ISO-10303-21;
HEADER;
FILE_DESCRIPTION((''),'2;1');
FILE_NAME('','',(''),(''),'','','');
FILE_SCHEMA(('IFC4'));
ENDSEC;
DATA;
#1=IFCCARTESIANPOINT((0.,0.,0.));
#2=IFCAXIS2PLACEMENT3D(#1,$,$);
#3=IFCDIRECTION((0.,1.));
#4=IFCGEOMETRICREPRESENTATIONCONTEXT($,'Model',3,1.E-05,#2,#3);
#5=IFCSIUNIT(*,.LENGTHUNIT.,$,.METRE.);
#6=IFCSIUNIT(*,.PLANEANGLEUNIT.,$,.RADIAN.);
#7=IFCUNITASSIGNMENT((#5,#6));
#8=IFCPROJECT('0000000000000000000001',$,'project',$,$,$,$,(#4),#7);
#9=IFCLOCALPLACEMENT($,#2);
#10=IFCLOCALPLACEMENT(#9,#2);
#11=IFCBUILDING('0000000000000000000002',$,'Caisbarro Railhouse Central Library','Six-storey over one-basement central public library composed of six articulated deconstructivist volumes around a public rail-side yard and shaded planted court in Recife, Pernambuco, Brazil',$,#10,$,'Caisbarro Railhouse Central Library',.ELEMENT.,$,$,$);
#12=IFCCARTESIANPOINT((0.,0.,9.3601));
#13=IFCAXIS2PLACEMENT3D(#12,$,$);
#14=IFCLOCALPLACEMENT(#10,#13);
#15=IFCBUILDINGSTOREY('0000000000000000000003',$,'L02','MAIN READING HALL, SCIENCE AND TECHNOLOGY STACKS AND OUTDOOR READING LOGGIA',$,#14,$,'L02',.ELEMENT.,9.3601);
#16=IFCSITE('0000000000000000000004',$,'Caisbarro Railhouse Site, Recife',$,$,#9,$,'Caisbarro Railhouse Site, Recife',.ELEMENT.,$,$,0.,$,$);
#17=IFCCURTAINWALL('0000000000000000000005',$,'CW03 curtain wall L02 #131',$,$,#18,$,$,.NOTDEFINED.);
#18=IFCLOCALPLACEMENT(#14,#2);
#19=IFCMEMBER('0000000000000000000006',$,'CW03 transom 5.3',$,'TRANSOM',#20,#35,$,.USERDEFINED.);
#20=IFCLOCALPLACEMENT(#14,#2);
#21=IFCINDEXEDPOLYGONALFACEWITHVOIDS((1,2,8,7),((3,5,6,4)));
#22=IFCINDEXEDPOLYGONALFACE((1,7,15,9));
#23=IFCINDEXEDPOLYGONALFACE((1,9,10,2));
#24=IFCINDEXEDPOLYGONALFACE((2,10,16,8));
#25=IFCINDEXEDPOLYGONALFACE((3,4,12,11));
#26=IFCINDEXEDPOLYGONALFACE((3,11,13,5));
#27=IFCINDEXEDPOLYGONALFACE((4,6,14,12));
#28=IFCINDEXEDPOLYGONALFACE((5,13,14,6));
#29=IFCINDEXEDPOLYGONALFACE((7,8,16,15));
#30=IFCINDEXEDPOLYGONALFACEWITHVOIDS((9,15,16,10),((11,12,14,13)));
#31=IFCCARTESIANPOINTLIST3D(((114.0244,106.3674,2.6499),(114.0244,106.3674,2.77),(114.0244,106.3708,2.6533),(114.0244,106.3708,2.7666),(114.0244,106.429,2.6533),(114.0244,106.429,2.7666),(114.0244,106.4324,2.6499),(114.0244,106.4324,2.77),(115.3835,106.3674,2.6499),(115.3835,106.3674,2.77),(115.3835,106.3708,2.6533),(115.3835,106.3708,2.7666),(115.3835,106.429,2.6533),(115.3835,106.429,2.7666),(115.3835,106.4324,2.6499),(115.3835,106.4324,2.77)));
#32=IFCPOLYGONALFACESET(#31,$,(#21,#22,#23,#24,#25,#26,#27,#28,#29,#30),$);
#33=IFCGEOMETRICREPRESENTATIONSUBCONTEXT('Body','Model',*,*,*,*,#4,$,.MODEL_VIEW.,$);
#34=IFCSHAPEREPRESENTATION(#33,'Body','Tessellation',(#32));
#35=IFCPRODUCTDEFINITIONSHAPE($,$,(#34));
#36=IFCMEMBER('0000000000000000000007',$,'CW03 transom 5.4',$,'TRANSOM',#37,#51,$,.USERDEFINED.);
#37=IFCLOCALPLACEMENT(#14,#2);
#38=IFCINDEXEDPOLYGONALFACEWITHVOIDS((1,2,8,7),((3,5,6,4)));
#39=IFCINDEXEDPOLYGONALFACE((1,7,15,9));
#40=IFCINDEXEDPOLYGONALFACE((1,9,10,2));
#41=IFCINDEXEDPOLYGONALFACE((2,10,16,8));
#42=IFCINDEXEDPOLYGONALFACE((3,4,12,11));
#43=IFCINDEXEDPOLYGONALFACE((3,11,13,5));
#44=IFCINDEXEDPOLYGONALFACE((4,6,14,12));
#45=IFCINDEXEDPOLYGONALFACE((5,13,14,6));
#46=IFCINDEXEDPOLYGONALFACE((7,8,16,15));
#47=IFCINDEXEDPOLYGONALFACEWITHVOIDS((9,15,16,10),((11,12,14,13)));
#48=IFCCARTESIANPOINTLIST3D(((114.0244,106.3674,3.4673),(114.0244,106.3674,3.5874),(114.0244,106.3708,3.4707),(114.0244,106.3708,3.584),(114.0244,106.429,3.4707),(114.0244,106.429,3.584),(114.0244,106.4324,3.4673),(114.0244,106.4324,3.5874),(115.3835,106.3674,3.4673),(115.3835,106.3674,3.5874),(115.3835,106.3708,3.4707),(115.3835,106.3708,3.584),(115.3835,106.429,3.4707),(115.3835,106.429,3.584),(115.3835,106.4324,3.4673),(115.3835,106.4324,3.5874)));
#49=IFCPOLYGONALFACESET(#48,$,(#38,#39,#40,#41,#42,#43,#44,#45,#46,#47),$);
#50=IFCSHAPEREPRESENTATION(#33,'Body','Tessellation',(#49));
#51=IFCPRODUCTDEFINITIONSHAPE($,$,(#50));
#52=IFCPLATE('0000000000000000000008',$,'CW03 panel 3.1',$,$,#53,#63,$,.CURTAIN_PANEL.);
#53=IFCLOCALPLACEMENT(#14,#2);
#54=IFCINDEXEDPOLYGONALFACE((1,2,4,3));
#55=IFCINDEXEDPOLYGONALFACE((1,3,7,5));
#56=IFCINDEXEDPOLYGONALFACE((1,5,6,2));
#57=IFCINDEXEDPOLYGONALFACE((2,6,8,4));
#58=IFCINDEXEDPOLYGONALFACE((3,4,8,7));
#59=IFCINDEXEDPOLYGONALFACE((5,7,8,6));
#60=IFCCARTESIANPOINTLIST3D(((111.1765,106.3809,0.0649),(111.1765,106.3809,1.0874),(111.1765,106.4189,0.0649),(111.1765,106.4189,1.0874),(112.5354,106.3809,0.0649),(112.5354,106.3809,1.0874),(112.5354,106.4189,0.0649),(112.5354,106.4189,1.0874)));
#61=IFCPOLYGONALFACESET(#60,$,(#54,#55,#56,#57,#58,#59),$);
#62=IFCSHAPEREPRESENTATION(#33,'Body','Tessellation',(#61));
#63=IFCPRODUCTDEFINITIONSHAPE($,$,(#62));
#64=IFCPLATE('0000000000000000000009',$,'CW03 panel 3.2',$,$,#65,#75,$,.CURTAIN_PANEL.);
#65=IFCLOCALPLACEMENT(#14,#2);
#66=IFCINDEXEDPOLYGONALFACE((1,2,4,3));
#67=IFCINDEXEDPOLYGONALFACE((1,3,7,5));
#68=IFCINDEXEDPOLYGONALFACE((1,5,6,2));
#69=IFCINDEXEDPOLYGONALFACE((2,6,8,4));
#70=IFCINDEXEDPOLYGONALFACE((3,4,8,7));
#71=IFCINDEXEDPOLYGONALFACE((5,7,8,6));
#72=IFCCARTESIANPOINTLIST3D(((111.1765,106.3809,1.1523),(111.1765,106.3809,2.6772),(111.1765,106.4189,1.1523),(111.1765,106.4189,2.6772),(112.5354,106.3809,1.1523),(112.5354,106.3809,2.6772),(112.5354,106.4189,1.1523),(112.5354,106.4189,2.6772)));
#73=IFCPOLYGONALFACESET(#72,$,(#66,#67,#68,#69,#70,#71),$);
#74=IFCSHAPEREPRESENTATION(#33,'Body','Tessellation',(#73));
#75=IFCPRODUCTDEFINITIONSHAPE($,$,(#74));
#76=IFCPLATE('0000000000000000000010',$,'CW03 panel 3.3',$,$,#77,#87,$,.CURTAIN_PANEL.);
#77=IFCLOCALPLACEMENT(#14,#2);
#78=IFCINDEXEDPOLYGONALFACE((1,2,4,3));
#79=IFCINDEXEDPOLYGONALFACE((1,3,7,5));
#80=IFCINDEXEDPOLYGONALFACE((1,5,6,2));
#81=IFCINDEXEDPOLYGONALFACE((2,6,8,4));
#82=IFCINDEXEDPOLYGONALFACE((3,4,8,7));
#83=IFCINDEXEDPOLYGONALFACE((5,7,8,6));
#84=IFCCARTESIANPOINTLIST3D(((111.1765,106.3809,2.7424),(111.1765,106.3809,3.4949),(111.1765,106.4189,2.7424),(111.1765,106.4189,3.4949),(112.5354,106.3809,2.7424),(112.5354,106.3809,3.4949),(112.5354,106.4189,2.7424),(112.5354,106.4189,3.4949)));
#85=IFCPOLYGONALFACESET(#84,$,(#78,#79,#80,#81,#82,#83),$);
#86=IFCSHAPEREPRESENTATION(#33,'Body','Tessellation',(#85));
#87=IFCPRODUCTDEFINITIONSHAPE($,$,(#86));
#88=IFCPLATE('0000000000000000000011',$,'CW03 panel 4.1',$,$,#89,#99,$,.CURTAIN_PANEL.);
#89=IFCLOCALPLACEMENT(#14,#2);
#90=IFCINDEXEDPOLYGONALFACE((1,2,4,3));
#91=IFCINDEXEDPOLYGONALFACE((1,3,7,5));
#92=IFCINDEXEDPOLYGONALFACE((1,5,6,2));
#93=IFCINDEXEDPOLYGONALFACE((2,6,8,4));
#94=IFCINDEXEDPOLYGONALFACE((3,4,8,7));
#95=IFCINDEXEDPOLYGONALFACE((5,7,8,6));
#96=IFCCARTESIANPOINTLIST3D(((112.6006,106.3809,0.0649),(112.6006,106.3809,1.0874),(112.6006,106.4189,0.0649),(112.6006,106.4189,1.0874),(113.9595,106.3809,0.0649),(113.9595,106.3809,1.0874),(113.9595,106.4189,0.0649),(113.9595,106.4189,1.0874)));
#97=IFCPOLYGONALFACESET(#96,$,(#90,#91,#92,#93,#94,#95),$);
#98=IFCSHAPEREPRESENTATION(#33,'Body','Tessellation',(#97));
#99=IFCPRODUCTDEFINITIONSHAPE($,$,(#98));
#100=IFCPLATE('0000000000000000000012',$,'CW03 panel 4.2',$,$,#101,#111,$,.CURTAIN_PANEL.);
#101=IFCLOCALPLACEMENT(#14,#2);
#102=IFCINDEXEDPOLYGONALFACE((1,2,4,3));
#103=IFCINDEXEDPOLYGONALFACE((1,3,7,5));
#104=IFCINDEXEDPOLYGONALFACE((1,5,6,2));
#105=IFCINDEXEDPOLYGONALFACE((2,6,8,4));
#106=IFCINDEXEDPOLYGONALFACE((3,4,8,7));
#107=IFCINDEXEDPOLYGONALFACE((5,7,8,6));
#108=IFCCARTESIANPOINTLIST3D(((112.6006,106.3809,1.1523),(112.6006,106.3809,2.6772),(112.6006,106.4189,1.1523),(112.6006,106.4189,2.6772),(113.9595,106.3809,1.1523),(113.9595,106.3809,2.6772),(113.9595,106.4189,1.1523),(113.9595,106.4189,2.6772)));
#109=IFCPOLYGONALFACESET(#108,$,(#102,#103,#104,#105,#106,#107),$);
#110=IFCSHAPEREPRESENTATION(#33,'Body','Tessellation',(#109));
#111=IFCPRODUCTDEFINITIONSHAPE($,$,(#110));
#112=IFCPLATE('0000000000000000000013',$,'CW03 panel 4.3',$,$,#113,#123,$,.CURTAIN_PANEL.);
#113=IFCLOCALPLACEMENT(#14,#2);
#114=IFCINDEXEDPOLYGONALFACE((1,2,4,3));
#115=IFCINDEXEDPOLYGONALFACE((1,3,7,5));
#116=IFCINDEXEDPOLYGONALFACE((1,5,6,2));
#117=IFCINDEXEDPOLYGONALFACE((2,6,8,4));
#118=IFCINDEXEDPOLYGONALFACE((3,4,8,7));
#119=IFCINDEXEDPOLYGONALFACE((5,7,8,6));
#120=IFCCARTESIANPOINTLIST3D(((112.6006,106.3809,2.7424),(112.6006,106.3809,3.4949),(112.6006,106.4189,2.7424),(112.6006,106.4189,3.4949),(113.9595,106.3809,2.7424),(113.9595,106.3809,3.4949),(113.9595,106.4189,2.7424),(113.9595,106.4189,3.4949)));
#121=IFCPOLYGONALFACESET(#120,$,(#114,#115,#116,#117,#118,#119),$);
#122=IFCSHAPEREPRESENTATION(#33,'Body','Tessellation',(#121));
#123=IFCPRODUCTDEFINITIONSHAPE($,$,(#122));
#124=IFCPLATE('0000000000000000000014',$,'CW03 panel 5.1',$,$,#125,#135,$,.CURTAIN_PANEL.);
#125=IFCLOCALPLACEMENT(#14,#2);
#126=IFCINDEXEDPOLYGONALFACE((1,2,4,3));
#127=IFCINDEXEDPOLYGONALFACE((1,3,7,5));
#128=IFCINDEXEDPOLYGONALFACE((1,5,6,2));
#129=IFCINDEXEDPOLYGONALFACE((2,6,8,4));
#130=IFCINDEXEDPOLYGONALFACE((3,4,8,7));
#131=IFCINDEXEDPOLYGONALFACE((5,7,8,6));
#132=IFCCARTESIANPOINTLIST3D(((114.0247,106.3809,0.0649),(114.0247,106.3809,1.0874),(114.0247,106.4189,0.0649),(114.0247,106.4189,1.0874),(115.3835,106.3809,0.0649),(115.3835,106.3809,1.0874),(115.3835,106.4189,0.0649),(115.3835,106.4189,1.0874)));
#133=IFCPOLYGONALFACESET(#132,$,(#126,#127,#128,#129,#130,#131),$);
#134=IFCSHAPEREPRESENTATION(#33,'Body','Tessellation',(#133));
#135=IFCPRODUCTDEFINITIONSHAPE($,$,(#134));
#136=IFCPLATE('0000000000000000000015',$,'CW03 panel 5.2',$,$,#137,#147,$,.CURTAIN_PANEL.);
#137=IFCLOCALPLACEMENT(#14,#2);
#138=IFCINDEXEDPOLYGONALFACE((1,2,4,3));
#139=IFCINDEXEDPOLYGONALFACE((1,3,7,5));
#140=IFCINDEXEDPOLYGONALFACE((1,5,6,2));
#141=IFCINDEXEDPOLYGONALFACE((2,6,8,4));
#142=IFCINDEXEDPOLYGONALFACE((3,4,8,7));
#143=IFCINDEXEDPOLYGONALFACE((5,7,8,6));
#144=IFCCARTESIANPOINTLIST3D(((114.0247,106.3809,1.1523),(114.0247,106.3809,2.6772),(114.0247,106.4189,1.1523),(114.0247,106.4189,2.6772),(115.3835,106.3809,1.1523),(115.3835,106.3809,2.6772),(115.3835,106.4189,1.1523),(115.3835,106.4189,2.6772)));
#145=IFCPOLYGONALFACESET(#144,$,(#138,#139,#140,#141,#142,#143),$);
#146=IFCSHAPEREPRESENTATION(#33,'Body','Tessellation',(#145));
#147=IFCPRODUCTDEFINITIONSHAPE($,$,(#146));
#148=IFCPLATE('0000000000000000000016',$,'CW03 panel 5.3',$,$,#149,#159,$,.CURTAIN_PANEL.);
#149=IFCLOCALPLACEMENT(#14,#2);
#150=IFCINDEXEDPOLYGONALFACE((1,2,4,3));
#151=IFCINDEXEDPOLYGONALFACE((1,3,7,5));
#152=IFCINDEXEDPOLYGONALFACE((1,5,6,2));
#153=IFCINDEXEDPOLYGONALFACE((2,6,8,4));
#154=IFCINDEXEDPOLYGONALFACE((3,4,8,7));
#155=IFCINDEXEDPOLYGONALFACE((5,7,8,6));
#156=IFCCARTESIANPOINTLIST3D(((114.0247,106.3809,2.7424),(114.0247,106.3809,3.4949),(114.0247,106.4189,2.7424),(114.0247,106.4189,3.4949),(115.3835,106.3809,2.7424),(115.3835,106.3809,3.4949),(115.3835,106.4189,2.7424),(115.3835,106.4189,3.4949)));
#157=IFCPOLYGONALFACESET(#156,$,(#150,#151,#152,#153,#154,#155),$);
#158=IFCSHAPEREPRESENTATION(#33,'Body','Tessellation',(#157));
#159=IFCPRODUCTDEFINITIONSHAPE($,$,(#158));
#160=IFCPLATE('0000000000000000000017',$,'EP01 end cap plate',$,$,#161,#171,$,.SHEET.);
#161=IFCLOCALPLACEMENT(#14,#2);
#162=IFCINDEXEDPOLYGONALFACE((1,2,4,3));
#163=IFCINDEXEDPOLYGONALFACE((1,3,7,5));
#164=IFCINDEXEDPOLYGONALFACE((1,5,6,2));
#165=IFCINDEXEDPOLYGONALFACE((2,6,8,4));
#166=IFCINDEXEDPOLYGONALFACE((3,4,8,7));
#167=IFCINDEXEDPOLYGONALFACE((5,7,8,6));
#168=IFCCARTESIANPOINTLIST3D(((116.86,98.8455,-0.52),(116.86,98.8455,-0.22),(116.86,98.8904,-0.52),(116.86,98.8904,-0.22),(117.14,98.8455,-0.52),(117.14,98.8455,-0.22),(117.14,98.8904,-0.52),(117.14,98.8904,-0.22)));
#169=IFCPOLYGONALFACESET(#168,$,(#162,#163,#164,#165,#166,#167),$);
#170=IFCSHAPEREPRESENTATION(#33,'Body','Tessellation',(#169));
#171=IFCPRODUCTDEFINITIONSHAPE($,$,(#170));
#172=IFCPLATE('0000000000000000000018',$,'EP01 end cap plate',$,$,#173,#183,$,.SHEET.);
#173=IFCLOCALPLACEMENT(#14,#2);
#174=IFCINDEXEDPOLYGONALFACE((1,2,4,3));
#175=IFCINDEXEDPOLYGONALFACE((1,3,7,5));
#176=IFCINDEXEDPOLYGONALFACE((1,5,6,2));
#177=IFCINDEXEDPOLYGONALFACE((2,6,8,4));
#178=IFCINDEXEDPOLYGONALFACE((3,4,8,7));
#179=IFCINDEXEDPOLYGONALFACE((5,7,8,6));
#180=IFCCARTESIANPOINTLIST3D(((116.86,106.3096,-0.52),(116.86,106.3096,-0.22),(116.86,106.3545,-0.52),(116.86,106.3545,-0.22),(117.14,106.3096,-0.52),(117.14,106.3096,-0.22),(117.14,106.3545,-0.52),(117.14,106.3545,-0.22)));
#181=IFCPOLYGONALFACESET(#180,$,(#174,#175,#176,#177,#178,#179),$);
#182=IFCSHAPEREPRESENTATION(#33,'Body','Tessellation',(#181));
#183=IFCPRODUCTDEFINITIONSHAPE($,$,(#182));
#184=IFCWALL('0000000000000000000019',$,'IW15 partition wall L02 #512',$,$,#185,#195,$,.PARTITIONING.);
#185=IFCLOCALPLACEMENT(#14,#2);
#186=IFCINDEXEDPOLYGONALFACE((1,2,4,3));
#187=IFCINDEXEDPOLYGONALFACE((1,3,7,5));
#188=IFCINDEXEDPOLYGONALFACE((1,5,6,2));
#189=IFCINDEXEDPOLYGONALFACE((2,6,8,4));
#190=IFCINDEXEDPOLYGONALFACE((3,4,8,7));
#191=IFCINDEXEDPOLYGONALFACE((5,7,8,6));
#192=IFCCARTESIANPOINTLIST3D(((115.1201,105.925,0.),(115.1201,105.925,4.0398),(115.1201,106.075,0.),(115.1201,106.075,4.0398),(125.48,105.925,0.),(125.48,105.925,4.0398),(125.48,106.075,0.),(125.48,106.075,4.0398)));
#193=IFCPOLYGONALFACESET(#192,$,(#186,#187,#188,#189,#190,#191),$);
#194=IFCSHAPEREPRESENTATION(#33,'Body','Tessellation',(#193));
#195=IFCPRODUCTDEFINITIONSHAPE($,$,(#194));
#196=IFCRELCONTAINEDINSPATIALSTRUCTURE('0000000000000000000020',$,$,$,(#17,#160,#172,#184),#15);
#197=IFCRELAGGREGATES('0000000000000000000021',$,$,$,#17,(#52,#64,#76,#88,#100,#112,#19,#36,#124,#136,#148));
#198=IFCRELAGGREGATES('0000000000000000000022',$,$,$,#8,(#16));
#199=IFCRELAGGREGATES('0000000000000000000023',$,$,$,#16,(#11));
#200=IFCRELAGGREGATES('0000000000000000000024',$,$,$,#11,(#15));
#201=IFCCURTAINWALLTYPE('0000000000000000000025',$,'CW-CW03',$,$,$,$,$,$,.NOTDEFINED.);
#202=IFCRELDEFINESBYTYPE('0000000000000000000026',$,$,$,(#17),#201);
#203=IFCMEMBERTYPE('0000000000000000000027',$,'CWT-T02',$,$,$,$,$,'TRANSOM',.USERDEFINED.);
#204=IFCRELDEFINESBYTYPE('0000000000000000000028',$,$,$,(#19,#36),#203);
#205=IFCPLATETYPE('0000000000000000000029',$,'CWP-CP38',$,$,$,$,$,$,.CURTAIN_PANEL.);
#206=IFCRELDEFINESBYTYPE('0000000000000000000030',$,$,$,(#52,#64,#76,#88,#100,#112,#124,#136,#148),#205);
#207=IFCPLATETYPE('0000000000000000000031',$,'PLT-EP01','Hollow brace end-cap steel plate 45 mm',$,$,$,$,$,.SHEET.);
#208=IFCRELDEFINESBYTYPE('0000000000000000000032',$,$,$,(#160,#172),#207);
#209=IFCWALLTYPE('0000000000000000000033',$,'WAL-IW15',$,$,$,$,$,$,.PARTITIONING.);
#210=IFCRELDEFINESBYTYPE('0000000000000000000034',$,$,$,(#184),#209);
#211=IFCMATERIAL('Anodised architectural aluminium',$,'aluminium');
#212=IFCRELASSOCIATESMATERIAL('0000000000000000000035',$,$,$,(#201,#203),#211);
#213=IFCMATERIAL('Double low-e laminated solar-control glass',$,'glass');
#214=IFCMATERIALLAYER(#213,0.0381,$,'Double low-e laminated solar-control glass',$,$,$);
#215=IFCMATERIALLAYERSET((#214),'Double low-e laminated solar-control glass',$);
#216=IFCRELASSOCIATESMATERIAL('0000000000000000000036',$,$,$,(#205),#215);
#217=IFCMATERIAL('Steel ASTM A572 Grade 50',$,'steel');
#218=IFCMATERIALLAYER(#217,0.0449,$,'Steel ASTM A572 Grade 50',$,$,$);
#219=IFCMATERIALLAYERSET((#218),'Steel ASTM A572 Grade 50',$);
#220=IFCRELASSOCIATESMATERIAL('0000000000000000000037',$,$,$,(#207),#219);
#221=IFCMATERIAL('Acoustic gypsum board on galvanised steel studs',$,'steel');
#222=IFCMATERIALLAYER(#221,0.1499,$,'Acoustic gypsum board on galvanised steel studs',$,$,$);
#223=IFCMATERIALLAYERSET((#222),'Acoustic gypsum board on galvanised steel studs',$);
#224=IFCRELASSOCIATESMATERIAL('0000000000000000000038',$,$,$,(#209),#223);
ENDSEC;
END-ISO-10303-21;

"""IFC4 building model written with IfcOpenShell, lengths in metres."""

from ifc_helpers import new_model, si_unit, direction, frame, frame_2d, origin, origin_2d, place, context, subcontext, project, spatial, rectangle, hollow_rectangle, extrude, material, layer, layer_set, material_profile, profile_set, type_object, element, aggregate, save


model = new_model("IFC4")

# Units and contexts
model_context = context("Model", 3, precision=1e-05, world=origin(), true_north=direction((0.0, 1.0)))
body_context = subcontext(model_context, "Body", "Model", "MODEL_VIEW")
ifc_project = project(units=[si_unit("LENGTHUNIT", "METRE"), si_unit("PLANEANGLEUNIT", "RADIAN")], contexts=[model_context])

# Site, building, storey
site_placement = place(None, origin())
site = spatial("IfcSite", under=ifc_project, at=site_placement, Name="Caisbarro Railhouse Site, Recife", LongName="Caisbarro Railhouse Site, Recife", CompositionType="ELEMENT", RefElevation=0.0)
building_placement = place(site_placement, origin())
building = spatial("IfcBuilding", under=site, at=building_placement, Name="Caisbarro Railhouse Central Library", Description="Six-storey over one-basement central public library composed of six articulated deconstructivist volumes around a public rail-side yard and shaded planted court in Recife, Pernambuco, Brazil", LongName="Caisbarro Railhouse Central Library", CompositionType="ELEMENT")
storey_placement = place(building_placement, frame((0.0, 0.0, 9.3601)))
storey = spatial("IfcBuildingStorey", under=building, at=storey_placement, Name="L02", Description="MAIN READING HALL, SCIENCE AND TECHNOLOGY STACKS AND OUTDOOR READING LOGGIA", LongName="L02", CompositionType="ELEMENT", Elevation=9.3601)

# Shared definitions
ifc_material_1 = material(Name="Steel ASTM A572 Grade 50", Category="steel")

# Curtain wall, members, plates
ifc_material_2 = material(Name="Anodised architectural aluminium", Category="aluminium")
curtain_wall_type = type_object("IfcCurtainWallType", Name="CW-CW03", PredefinedType="NOTDEFINED", material=ifc_material_2)
curtain_wall_placement = place(storey_placement, origin())
curtain_wall = element("IfcCurtainWall", 1, at=curtain_wall_placement, inside=storey, type_object=curtain_wall_type, Name="CW03 curtain wall L02 #131", PredefinedType="NOTDEFINED")
ifc_material_profile_1 = material_profile(ifc_material_2, hollow_rectangle(XDim=0.0649, YDim=0.1201, WallThickness=0.0034, at=origin_2d()), Name="ALU-TRN-65X120")
ifc_profile_set_1 = profile_set([ifc_material_profile_1], Name="Anodised architectural aluminium")
member_type_1 = type_object("IfcMemberType", Name="CWT-T02", ElementType="TRANSOM", PredefinedType="USERDEFINED", material=ifc_profile_set_1)
member_1_placement = place(storey_placement, frame((114.0244, 106.3999, 2.71), z_axis=(1.0, 0.0, 0.0), x_axis=(0.0, 1.0, 0.0)))
member_1 = element("IfcMember", 2, at=member_1_placement, type_object=member_type_1, Name="CW03 transom 5.3", ObjectType="TRANSOM", PredefinedType="USERDEFINED", context=body_context, shape_type="SweptSolid", body=[
    extrude(hollow_rectangle(XDim=0.0649, YDim=0.1201, WallThickness=0.0034, at=origin_2d()), origin(), (0.0, 0.0, 1.0), 1.3591),
])
member_2_placement = place(storey_placement, frame((114.0244, 106.3999, 3.5273), z_axis=(1.0, 0.0, 0.0), x_axis=(0.0, 1.0, 0.0)))
member_2 = element("IfcMember", 3, at=member_2_placement, type_object=member_type_1, Name="CW03 transom 5.4", ObjectType="TRANSOM", PredefinedType="USERDEFINED", context=body_context, shape_type="SweptSolid", body=[
    extrude(hollow_rectangle(XDim=0.0649, YDim=0.1201, WallThickness=0.0034, at=origin_2d()), origin(), (0.0, 0.0, 1.0), 1.3591),
])
ifc_material_3 = material(Name="Double low-e laminated solar-control glass", Category="glass")
ifc_layer_1 = layer(ifc_material_3, 0.0381, Name="Double low-e laminated solar-control glass")
ifc_layer_set_1 = layer_set([ifc_layer_1], Name="Double low-e laminated solar-control glass")
plate_type_1 = type_object("IfcPlateType", Name="CWP-CP38", PredefinedType="CURTAIN_PANEL", material=ifc_layer_set_1)
plate_1_placement = place(storey_placement, frame((111.856, 106.3999, 0.0649), z_axis=(0.0, 0.0, 1.0), x_axis=(1.0, 0.0, 0.0)))
plate_1 = element("IfcPlate", 4, at=plate_1_placement, type_object=plate_type_1, Name="CW03 panel 3.1", PredefinedType="CURTAIN_PANEL", context=body_context, shape_type="SweptSolid", body=[
    extrude(rectangle(XDim=1.3589, YDim=0.0381, at=origin_2d()), origin(), (0.0, 0.0, 1.0), 1.0225),
])
plate_2_placement = place(storey_placement, frame((111.856, 106.3999, 1.1523), z_axis=(0.0, 0.0, 1.0), x_axis=(1.0, 0.0, 0.0)))
plate_2 = element("IfcPlate", 5, at=plate_2_placement, type_object=plate_type_1, Name="CW03 panel 3.2", PredefinedType="CURTAIN_PANEL", context=body_context, shape_type="SweptSolid", body=[
    extrude(rectangle(XDim=1.3589, YDim=0.0381, at=origin_2d()), origin(), (0.0, 0.0, 1.0), 1.5249),
])
plate_3_placement = place(storey_placement, frame((111.856, 106.3999, 2.7424), z_axis=(0.0, 0.0, 1.0), x_axis=(1.0, 0.0, 0.0)))
plate_3 = element("IfcPlate", 6, at=plate_3_placement, type_object=plate_type_1, Name="CW03 panel 3.3", PredefinedType="CURTAIN_PANEL", context=body_context, shape_type="SweptSolid", body=[
    extrude(rectangle(XDim=1.3589, YDim=0.0381, at=origin_2d()), origin(), (0.0, 0.0, 1.0), 0.7524),
])
plate_4_placement = place(storey_placement, frame((113.28, 106.3999, 0.0649), z_axis=(0.0, 0.0, 1.0), x_axis=(1.0, 0.0, 0.0)))
plate_4 = element("IfcPlate", 7, at=plate_4_placement, type_object=plate_type_1, Name="CW03 panel 4.1", PredefinedType="CURTAIN_PANEL", context=body_context, shape_type="SweptSolid", body=[
    extrude(rectangle(XDim=1.3589, YDim=0.0381, at=origin_2d()), origin(), (0.0, 0.0, 1.0), 1.0225),
])
plate_5_placement = place(storey_placement, frame((113.28, 106.3999, 1.1523), z_axis=(0.0, 0.0, 1.0), x_axis=(1.0, 0.0, 0.0)))
plate_5 = element("IfcPlate", 8, at=plate_5_placement, type_object=plate_type_1, Name="CW03 panel 4.2", PredefinedType="CURTAIN_PANEL", context=body_context, shape_type="SweptSolid", body=[
    extrude(rectangle(XDim=1.3589, YDim=0.0381, at=origin_2d()), origin(), (0.0, 0.0, 1.0), 1.5249),
])
plate_6_placement = place(storey_placement, frame((113.28, 106.3999, 2.7424), z_axis=(0.0, 0.0, 1.0), x_axis=(1.0, 0.0, 0.0)))
plate_6 = element("IfcPlate", 9, at=plate_6_placement, type_object=plate_type_1, Name="CW03 panel 4.3", PredefinedType="CURTAIN_PANEL", context=body_context, shape_type="SweptSolid", body=[
    extrude(rectangle(XDim=1.3589, YDim=0.0381, at=origin_2d()), origin(), (0.0, 0.0, 1.0), 0.7524),
])
plate_7_placement = place(storey_placement, frame((114.7041, 106.3999, 0.0649), z_axis=(0.0, 0.0, 1.0), x_axis=(1.0, 0.0, 0.0)))
plate_7 = element("IfcPlate", 10, at=plate_7_placement, type_object=plate_type_1, Name="CW03 panel 5.1", PredefinedType="CURTAIN_PANEL", context=body_context, shape_type="SweptSolid", body=[
    extrude(rectangle(XDim=1.3589, YDim=0.0381, at=origin_2d()), origin(), (0.0, 0.0, 1.0), 1.0225),
])
plate_8_placement = place(storey_placement, frame((114.7041, 106.3999, 1.1523), z_axis=(0.0, 0.0, 1.0), x_axis=(1.0, 0.0, 0.0)))
plate_8 = element("IfcPlate", 11, at=plate_8_placement, type_object=plate_type_1, Name="CW03 panel 5.2", PredefinedType="CURTAIN_PANEL", context=body_context, shape_type="SweptSolid", body=[
    extrude(rectangle(XDim=1.3589, YDim=0.0381, at=origin_2d()), origin(), (0.0, 0.0, 1.0), 1.5249),
])
plate_9_placement = place(storey_placement, frame((114.7041, 106.3999, 2.7424), z_axis=(0.0, 0.0, 1.0), x_axis=(1.0, 0.0, 0.0)))
plate_9 = element("IfcPlate", 12, at=plate_9_placement, type_object=plate_type_1, Name="CW03 panel 5.3", PredefinedType="CURTAIN_PANEL", context=body_context, shape_type="SweptSolid", body=[
    extrude(rectangle(XDim=1.3589, YDim=0.0381, at=origin_2d()), origin(), (0.0, 0.0, 1.0), 0.7524),
])
aggregate(curtain_wall, [plate_1, plate_2, plate_3, plate_4, plate_5, plate_6, member_1, member_2, plate_7, plate_8, plate_9])

# Plates
ifc_layer_2 = layer(ifc_material_1, 0.0449, Name="Steel ASTM A572 Grade 50")
ifc_layer_set_2 = layer_set([ifc_layer_2], Name="Steel ASTM A572 Grade 50")
plate_type_2 = type_object("IfcPlateType", Name="PLT-EP01", Description="Hollow brace end-cap steel plate 45 mm", PredefinedType="SHEET", material=ifc_layer_set_2)
for number, where, z_axis, x_axis, name in (
    (13, (117.0, 98.8679, -0.52), (0.0, 0.0, 1.0), (0.0, 1.0, 0.0), "EP01 end cap plate"),
    (14, (117.0, 106.332, -0.52), (0.0, 0.0, 1.0), (0.0, 1.0, 0.0), "EP01 end cap plate"),
):
    element("IfcPlate", number, at=place(storey_placement, frame(where, z_axis=z_axis, x_axis=x_axis)), inside=storey, type_object=plate_type_2, Name=name, PredefinedType="SHEET", context=body_context, shape_type="SweptSolid", body=[
        extrude(rectangle(XDim=0.0449, YDim=0.28, at=origin_2d()), origin(), (0.0, 0.0, 1.0), 0.3),
    ])

# Wall
ifc_material_4 = material(Name="Acoustic gypsum board on galvanised steel studs", Category="steel")
ifc_layer_3 = layer(ifc_material_4, 0.1499, Name="Acoustic gypsum board on galvanised steel studs")
ifc_layer_set_3 = layer_set([ifc_layer_3], Name="Acoustic gypsum board on galvanised steel studs")
wall_type = type_object("IfcWallType", Name="WAL-IW15", PredefinedType="PARTITIONING", material=ifc_layer_set_3)
wall_placement = place(storey_placement, frame((115.1201, 106.0, 0.0), z_axis=(0.0, 0.0, 1.0), x_axis=(1.0, 0.0, 0.0)))
element("IfcWall", 15, at=wall_placement, inside=storey, type_object=wall_type, Name="IW15 partition wall L02 #512", PredefinedType="PARTITIONING", context=body_context, shape_type="SweptSolid", body=[
    extrude(rectangle(XDim=10.3599, YDim=0.1499, at=frame_2d((5.1799, 0.0))), origin(), (0.0, 0.0, 1.0), 4.0398),
])

save(model, "model.ifc")
